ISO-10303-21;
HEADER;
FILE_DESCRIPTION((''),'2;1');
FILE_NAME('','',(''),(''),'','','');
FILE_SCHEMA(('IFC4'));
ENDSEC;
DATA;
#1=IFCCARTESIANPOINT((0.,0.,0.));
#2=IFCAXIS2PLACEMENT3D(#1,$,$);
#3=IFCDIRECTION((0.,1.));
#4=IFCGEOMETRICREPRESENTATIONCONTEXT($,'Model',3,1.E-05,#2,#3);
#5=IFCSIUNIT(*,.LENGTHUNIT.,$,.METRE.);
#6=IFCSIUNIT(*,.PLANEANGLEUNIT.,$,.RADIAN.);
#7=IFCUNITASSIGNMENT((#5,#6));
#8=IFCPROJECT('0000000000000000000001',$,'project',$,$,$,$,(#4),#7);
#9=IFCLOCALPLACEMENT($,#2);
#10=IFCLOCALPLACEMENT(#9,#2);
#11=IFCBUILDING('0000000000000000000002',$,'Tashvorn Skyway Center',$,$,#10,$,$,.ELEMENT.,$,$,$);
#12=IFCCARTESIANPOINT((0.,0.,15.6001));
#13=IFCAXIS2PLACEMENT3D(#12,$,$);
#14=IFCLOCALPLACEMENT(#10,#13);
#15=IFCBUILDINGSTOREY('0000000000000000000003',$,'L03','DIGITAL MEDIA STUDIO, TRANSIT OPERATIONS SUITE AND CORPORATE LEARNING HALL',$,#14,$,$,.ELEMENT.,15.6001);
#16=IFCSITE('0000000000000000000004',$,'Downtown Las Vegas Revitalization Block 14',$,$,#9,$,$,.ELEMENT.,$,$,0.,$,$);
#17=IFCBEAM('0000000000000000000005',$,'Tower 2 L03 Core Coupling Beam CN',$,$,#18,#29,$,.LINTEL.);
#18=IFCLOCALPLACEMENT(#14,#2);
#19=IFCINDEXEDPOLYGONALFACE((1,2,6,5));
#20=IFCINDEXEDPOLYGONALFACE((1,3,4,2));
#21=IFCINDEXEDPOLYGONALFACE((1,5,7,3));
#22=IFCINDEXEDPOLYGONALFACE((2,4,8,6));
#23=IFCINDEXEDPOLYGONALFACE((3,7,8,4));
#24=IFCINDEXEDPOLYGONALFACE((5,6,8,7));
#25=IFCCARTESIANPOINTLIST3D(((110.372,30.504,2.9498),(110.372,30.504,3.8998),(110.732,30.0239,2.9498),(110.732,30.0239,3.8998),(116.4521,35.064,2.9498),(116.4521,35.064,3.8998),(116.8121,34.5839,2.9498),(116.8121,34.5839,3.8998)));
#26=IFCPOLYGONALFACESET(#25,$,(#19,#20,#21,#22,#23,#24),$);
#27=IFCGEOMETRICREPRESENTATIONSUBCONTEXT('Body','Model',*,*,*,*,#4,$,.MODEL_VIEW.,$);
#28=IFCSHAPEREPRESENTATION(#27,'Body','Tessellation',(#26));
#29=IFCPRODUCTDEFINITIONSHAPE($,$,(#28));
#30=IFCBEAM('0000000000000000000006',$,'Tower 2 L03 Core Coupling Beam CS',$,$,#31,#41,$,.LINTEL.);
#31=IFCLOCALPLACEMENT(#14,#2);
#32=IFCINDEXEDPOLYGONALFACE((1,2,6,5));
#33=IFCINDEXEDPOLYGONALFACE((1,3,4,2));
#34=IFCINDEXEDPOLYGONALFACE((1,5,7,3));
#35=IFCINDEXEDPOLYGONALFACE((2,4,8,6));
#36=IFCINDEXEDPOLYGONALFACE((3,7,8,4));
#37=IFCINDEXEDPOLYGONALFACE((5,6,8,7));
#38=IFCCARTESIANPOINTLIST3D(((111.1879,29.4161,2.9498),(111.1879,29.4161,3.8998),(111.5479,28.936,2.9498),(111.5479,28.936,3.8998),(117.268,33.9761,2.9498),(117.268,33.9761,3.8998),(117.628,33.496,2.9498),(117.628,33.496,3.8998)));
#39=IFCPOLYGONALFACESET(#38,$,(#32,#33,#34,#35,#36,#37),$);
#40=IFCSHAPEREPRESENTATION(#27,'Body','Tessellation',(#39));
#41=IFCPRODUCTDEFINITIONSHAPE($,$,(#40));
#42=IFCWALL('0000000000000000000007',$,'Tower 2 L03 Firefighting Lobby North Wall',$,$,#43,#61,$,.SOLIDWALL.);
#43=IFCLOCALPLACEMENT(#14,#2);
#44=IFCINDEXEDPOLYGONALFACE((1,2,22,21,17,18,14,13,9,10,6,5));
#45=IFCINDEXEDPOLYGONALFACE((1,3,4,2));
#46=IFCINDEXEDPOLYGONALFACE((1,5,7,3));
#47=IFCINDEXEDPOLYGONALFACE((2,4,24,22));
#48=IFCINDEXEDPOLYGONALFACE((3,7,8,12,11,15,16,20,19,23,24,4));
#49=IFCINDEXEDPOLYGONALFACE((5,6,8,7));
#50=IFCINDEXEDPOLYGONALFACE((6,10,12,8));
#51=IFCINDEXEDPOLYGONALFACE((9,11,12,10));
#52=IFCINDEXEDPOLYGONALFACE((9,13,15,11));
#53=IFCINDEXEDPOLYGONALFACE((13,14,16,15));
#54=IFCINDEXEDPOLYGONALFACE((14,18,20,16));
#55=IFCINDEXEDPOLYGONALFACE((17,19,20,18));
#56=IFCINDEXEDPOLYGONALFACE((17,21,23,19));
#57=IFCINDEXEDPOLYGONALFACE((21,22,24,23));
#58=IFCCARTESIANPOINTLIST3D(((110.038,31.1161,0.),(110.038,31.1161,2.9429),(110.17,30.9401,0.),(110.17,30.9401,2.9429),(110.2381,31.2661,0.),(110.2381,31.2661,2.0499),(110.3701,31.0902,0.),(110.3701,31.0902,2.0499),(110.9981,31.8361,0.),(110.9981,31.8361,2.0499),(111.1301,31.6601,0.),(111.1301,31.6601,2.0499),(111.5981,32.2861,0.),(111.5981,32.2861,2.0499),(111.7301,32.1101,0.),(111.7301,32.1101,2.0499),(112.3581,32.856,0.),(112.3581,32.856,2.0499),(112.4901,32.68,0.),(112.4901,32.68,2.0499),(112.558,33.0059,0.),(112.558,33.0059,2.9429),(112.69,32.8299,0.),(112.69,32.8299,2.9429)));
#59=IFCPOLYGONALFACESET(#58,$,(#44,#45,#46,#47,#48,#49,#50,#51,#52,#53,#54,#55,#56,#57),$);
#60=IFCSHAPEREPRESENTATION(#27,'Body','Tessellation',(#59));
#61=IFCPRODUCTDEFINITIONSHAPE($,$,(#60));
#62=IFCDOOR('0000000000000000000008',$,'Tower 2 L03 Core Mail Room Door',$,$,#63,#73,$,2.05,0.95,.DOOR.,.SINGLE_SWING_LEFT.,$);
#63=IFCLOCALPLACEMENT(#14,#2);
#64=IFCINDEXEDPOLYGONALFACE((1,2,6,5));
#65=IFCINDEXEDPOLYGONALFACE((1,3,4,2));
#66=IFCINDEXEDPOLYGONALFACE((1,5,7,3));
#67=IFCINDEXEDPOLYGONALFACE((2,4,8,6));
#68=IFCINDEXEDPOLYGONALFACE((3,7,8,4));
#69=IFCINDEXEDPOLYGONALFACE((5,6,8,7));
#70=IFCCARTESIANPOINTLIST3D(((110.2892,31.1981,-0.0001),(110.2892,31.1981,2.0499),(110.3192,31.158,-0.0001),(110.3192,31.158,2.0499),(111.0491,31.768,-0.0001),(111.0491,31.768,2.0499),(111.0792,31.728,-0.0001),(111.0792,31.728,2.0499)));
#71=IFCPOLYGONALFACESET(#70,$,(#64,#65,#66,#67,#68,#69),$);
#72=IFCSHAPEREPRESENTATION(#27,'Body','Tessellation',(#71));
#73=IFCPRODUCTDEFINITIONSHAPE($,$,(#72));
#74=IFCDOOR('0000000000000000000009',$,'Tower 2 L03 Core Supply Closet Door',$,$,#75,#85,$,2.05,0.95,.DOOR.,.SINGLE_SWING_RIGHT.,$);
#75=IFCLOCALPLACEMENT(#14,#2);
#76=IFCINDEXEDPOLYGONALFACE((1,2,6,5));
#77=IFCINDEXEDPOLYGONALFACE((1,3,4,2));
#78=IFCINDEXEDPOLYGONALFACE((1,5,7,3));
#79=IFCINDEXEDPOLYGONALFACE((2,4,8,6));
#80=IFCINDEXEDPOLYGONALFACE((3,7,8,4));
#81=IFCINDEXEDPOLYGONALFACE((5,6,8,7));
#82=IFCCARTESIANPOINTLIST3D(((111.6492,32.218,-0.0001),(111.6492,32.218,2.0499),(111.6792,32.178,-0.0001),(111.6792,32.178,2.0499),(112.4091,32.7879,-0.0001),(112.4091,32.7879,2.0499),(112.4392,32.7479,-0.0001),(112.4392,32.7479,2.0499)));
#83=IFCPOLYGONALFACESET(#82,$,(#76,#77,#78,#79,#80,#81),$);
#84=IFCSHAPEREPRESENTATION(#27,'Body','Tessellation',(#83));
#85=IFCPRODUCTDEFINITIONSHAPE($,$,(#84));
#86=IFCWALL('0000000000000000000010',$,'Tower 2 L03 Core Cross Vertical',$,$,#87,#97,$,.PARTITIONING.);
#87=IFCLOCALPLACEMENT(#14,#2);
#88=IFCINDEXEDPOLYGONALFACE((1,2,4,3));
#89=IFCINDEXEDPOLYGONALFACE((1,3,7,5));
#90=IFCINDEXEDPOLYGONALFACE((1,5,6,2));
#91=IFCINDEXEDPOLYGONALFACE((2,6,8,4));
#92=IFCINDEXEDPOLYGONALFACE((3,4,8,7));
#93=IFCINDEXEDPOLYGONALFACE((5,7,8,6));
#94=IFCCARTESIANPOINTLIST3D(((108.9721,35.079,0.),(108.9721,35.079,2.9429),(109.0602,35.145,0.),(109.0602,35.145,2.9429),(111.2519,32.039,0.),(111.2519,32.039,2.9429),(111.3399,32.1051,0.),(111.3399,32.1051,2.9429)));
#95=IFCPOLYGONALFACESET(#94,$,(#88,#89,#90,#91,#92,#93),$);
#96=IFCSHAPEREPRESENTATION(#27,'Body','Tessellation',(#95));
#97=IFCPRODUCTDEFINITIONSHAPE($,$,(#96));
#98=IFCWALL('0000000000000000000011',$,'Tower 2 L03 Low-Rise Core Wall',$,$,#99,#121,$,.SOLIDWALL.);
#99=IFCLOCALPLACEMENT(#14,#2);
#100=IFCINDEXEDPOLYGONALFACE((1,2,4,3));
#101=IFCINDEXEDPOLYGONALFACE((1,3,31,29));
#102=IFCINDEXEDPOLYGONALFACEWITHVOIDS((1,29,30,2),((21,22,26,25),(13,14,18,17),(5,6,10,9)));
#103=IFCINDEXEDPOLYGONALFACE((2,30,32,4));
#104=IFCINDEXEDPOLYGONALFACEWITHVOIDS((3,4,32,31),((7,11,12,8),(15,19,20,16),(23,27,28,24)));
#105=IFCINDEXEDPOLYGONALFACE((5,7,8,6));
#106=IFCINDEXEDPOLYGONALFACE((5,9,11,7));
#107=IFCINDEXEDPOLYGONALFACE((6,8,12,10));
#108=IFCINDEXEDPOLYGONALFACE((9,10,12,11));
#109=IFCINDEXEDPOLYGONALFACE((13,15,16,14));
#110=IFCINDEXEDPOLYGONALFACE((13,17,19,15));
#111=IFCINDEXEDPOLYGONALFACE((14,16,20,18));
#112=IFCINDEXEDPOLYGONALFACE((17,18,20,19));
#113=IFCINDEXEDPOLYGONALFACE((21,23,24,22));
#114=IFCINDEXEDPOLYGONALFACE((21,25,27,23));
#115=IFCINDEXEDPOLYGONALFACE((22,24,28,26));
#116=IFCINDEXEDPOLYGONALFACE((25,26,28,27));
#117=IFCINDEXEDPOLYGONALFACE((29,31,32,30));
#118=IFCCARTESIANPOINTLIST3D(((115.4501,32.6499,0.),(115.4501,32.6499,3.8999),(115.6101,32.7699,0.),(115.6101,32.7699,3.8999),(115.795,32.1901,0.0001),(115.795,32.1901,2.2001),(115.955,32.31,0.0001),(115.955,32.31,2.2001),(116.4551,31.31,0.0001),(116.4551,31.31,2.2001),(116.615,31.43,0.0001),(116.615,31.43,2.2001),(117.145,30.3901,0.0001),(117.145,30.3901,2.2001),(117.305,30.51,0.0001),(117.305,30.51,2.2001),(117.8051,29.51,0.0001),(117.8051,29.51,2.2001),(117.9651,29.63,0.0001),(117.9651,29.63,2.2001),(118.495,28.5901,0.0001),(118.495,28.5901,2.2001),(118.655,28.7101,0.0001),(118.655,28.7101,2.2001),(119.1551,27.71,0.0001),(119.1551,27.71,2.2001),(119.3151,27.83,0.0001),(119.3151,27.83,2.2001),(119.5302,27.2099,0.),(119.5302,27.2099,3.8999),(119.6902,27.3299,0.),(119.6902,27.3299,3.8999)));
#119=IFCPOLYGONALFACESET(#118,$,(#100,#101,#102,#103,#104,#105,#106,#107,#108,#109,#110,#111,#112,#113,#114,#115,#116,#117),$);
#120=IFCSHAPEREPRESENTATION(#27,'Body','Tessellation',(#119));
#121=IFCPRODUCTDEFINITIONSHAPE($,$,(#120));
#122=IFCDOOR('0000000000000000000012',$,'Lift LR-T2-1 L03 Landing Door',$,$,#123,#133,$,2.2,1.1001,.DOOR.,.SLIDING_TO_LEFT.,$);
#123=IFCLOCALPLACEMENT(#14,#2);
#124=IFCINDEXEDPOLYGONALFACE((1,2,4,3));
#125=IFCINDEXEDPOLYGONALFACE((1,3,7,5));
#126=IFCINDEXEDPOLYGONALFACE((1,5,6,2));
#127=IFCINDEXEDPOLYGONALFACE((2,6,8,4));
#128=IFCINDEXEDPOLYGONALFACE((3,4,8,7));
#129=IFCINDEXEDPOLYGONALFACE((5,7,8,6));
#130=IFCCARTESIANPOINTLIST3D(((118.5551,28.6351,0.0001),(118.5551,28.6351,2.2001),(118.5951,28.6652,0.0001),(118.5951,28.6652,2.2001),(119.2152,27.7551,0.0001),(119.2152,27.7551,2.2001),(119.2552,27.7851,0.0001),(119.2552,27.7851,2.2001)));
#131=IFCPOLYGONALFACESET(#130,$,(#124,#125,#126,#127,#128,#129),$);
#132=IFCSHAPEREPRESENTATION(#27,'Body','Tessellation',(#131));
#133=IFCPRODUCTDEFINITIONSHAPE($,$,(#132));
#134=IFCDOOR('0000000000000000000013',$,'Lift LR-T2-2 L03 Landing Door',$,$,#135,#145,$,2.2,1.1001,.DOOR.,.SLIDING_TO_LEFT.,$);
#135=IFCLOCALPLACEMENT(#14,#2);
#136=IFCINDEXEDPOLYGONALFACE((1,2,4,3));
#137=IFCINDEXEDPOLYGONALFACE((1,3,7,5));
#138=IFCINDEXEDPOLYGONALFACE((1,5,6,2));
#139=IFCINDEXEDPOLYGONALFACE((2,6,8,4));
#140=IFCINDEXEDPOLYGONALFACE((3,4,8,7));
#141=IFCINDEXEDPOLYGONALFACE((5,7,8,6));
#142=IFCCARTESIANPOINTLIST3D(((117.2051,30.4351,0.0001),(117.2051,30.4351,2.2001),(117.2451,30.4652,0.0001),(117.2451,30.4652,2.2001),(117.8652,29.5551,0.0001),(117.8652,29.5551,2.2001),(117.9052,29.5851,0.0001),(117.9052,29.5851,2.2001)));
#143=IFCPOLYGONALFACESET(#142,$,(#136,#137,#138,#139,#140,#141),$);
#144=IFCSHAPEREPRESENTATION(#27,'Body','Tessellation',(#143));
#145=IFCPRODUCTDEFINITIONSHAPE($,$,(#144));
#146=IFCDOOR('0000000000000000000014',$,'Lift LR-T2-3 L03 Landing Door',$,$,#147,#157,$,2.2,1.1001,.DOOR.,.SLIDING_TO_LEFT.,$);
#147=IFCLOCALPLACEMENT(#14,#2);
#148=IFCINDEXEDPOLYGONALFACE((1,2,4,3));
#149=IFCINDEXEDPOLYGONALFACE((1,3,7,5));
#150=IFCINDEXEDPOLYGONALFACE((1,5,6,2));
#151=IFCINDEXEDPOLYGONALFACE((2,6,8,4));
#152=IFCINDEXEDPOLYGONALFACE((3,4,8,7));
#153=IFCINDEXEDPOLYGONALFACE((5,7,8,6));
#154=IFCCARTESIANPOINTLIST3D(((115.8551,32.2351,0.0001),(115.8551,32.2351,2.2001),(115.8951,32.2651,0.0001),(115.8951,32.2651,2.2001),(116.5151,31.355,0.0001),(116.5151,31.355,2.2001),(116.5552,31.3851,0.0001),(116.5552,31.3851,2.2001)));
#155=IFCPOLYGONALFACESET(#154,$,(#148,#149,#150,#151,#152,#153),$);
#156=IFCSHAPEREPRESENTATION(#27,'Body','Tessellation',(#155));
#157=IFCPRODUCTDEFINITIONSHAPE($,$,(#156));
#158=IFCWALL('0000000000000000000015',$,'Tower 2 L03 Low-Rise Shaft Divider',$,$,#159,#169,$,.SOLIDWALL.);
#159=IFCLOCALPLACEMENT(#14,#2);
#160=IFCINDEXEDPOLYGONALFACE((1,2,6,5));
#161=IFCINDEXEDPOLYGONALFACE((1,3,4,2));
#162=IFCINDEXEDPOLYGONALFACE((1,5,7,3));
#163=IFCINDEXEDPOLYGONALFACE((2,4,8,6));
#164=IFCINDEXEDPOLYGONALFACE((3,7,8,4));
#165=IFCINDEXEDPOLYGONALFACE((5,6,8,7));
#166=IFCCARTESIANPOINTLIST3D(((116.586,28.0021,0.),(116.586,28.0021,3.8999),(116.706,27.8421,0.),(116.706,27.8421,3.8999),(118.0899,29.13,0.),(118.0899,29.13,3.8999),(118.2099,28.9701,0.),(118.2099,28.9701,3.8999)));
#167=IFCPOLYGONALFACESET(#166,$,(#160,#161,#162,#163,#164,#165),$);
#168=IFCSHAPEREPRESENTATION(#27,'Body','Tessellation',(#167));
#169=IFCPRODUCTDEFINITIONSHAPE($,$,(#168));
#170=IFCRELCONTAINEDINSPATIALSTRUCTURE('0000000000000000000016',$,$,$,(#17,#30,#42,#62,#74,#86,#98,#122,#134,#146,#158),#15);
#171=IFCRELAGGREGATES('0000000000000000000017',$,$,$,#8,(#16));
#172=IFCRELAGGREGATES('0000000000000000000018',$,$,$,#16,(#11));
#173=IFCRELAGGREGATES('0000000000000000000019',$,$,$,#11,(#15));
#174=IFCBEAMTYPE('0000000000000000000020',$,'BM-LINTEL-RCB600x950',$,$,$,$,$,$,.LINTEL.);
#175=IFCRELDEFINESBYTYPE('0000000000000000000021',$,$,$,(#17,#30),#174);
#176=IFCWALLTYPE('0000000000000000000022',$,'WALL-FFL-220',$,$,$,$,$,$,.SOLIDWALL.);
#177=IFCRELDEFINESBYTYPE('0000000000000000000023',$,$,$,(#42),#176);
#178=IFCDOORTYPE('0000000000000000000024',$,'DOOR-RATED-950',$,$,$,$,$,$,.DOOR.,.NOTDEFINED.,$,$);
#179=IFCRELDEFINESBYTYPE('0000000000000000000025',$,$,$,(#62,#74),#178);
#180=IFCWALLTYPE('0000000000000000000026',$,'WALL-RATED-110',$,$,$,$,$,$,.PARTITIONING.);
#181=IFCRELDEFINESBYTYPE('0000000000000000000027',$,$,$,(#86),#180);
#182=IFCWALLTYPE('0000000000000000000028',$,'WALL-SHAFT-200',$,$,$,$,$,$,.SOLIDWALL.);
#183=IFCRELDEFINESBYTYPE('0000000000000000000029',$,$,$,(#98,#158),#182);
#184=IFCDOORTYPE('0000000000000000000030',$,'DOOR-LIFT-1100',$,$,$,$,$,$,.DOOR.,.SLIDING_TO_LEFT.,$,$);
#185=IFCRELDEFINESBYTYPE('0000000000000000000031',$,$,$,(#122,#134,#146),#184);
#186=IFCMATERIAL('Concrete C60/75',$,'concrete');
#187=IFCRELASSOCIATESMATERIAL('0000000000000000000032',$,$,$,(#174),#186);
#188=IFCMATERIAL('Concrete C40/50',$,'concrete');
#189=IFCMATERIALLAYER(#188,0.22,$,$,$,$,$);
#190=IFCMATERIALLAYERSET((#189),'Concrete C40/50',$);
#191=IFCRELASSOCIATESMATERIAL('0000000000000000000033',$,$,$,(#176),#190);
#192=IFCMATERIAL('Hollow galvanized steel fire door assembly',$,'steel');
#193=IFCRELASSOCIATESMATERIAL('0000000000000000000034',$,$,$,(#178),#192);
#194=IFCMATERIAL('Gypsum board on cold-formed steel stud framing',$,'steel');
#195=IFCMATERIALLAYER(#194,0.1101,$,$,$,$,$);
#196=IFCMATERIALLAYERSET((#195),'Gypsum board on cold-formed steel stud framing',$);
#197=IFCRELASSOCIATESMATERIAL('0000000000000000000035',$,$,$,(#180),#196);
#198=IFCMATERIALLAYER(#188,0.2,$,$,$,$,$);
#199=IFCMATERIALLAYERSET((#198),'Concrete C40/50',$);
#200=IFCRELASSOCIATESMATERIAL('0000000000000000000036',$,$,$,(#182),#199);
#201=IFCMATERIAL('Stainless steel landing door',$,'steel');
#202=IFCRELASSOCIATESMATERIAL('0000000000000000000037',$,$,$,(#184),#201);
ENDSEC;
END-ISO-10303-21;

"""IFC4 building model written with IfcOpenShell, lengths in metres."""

from ifc_helpers import new_model, si_unit, direction, frame, frame_2d, origin, origin_2d, place, context, subcontext, project, spatial, rectangle, extrude, material, layer, layer_set, material_profile, profile_set, type_object, element, fill, save


model = new_model("IFC4")

# Units and contexts
model_context = context("Model", 3, precision=1e-05, world=origin(), true_north=direction((0.0, 1.0)))
body_context = subcontext(model_context, "Body", "Model", "MODEL_VIEW")
ifc_project = project(units=[si_unit("LENGTHUNIT", "METRE"), si_unit("PLANEANGLEUNIT", "RADIAN")], contexts=[model_context])

# Site, building, storey
site_placement = place(None, origin())
site = spatial("IfcSite", under=ifc_project, at=site_placement, Name="Downtown Las Vegas Revitalization Block 14", CompositionType="ELEMENT", RefElevation=0.0)
building_placement = place(site_placement, origin())
building = spatial("IfcBuilding", under=site, at=building_placement, Name="Tashvorn Skyway Center", CompositionType="ELEMENT")
storey_placement = place(building_placement, frame((0.0, 0.0, 15.6001)))
storey = spatial("IfcBuildingStorey", under=building, at=storey_placement, Name="L03", Description="DIGITAL MEDIA STUDIO, TRANSIT OPERATIONS SUITE AND CORPORATE LEARNING HALL", CompositionType="ELEMENT", Elevation=15.6001)

# Beams
ifc_material_1 = material(Name="Concrete C60/75", Category="concrete")
ifc_material_profile = material_profile(ifc_material_1, rectangle(XDim=0.6001, YDim=0.95, at=origin_2d()), Name="RCB600x950")
ifc_profile_set = profile_set([ifc_material_profile], Name="Concrete C60/75")
beam_type = type_object("IfcBeamType", Name="BM-LINTEL-RCB600x950", PredefinedType="LINTEL", material=ifc_profile_set)
for number, where, z_axis, x_axis, name in (
    (1, (110.552, 30.2639, 3.4248), (0.8, 0.6, 0.0), (-0.6, 0.8, 0.0), "Tower 2 L03 Core Coupling Beam CN"),
    (2, (111.3679, 29.176, 3.4248), (0.8, 0.6, 0.0), (-0.6, 0.8, 0.0), "Tower 2 L03 Core Coupling Beam CS"),
):
    element("IfcBeam", number, at=place(storey_placement, frame(where, z_axis=z_axis, x_axis=x_axis)), inside=storey, type_object=beam_type, Name=name, PredefinedType="LINTEL", context=body_context, shape_type="SweptSolid", body=[
        extrude(rectangle(XDim=0.6001, YDim=0.95, at=origin_2d()), origin(), (0.0, 0.0, 1.0), 7.6001),
    ])

# Wall, openings, doors
ifc_material_2 = material(Name="Concrete C40/50", Category="concrete")
ifc_layer_1 = layer(ifc_material_2, 0.22)
ifc_layer_set_1 = layer_set([ifc_layer_1], Name="Concrete C40/50")
wall_type_1 = type_object("IfcWallType", Name="WALL-FFL-220", PredefinedType="SOLIDWALL", material=ifc_layer_set_1)
wall_1_placement = place(storey_placement, frame((110.104, 31.0281, 0.0), z_axis=(0.0, 0.0, 1.0), x_axis=(0.800019, 0.599975, 0.0)))
wall_1 = element("IfcWall", 3, at=wall_1_placement, inside=storey, type_object=wall_type_1, Name="Tower 2 L03 Firefighting Lobby North Wall", PredefinedType="SOLIDWALL", context=body_context, shape_type="SweptSolid", body=[
    extrude(rectangle(XDim=3.1499, YDim=0.22, at=frame_2d((1.575, 0.0))), origin(), (0.0, 0.0, 1.0), 2.9429),
])
opening_1_placement = place(wall_1_placement, frame((0.25, 0.0, 0.0)))
opening_1 = element("IfcOpeningElement", 4, at=opening_1_placement, cuts=wall_1, PredefinedType="OPENING", context=body_context, shape_type="SweptSolid", body=[
    extrude(rectangle(XDim=0.95, YDim=2.05, at=frame_2d((0.4751, 1.0249))), frame((0.0, 0.1199, 0.0), z_axis=(0.0, -1.0, 0.0), x_axis=(1.0, 0.0, 0.0)), (0.0, 0.0, 1.0), 0.24),
])
opening_2_placement = place(wall_1_placement, frame((1.95, 0.0, 0.0)))
opening_2 = element("IfcOpeningElement", 5, at=opening_2_placement, cuts=wall_1, PredefinedType="OPENING", context=body_context, shape_type="SweptSolid", body=[
    extrude(rectangle(XDim=0.95, YDim=2.05, at=frame_2d((0.4751, 1.0249))), frame((0.0, 0.1199, 0.0), z_axis=(0.0, -1.0, 0.0), x_axis=(1.0, 0.0, 0.0)), (0.0, 0.0, 1.0), 0.24),
])
ifc_material_3 = material(Name="Hollow galvanized steel fire door assembly", Category="steel")
door_type_1 = type_object("IfcDoorType", Name="DOOR-RATED-950", OperationType="NOTDEFINED", PredefinedType="DOOR", material=ifc_material_3)
door_1_placement = place(opening_1_placement, origin())
door_1 = element("IfcDoor", 6, at=door_1_placement, inside=storey, type_object=door_type_1, Name="Tower 2 L03 Core Mail Room Door", OperationType="SINGLE_SWING_LEFT", OverallHeight=2.05, OverallWidth=0.95, PredefinedType="DOOR", context=body_context, shape_type="SweptSolid", body=[
    extrude(rectangle(XDim=0.95, YDim=2.05, at=frame_2d((0.4751, 1.0249))), frame((0.0, 0.0249, 0.0), z_axis=(0.0, -1.0, 0.0), x_axis=(1.0, 0.0, 0.0)), (0.0, 0.0, 1.0), 0.05),
])
fill(opening_1, door_1)
door_2_placement = place(opening_2_placement, origin())
door_2 = element("IfcDoor", 7, at=door_2_placement, inside=storey, type_object=door_type_1, Name="Tower 2 L03 Core Supply Closet Door", OperationType="SINGLE_SWING_RIGHT", OverallHeight=2.05, OverallWidth=0.95, PredefinedType="DOOR", context=body_context, shape_type="SweptSolid", body=[
    extrude(rectangle(XDim=0.95, YDim=2.05, at=frame_2d((0.4751, 1.0249))), frame((0.0, 0.0249, 0.0), z_axis=(0.0, -1.0, 0.0), x_axis=(1.0, 0.0, 0.0)), (0.0, 0.0, 1.0), 0.05),
])
fill(opening_2, door_2)

# Wall
ifc_material_4 = material(Name="Gypsum board on cold-formed steel stud framing", Category="steel")
ifc_layer_2 = layer(ifc_material_4, 0.1101)
ifc_layer_set_2 = layer_set([ifc_layer_2], Name="Gypsum board on cold-formed steel stud framing")
wall_type_2 = type_object("IfcWallType", Name="WALL-RATED-110", PredefinedType="PARTITIONING", material=ifc_layer_set_2)
wall_2_placement = place(storey_placement, frame((111.2959, 32.072, 0.0), z_axis=(0.0, 0.0, 1.0), x_axis=(-0.599959, 0.800031, 0.0)))
element("IfcWall", 8, at=wall_2_placement, inside=storey, type_object=wall_type_2, Name="Tower 2 L03 Core Cross Vertical", PredefinedType="PARTITIONING", context=body_context, shape_type="SweptSolid", body=[
    extrude(rectangle(XDim=3.7998, YDim=0.1101, at=frame_2d((1.8999, 0.0))), origin(), (0.0, 0.0, 1.0), 2.9429),
])

# Wall, openings, doors
ifc_layer_3 = layer(ifc_material_2, 0.2)
ifc_layer_set_3 = layer_set([ifc_layer_3], Name="Concrete C40/50")
wall_type_3 = type_object("IfcWallType", Name="WALL-SHAFT-200", PredefinedType="SOLIDWALL", material=ifc_layer_set_3)
wall_3_placement = place(storey_placement, frame((119.6101, 27.27, 0.0), z_axis=(0.0, 0.0, 1.0), x_axis=(-0.600011, 0.799991, 0.0)))
wall_3 = element("IfcWall", 9, at=wall_3_placement, inside=storey, type_object=wall_type_3, Name="Tower 2 L03 Low-Rise Core Wall", PredefinedType="SOLIDWALL", context=body_context, shape_type="SweptSolid", body=[
    extrude(rectangle(XDim=6.8, YDim=0.2, at=frame_2d((3.3999, 0.0))), origin(), (0.0, 0.0, 1.0), 3.8999),
])
opening_3_placement = place(wall_3_placement, frame((0.625, 0.0, 0.0)))
opening_3 = element("IfcOpeningElement", 10, at=opening_3_placement, cuts=wall_3, PredefinedType="OPENING", context=body_context, shape_type="SweptSolid", body=[
    extrude(rectangle(XDim=1.1001, YDim=2.2, at=frame_2d((0.55, 1.1001))), frame((0.0, 0.1099, 0.0), z_axis=(0.0, -1.0, 0.0), x_axis=(1.0, 0.0, 0.0)), (0.0, 0.0, 1.0), 0.22),
])
opening_4_placement = place(wall_3_placement, frame((2.875, 0.0, 0.0)))
opening_4 = element("IfcOpeningElement", 11, at=opening_4_placement, cuts=wall_3, PredefinedType="OPENING", context=body_context, shape_type="SweptSolid", body=[
    extrude(rectangle(XDim=1.1001, YDim=2.2, at=frame_2d((0.55, 1.1001))), frame((0.0, 0.1099, 0.0), z_axis=(0.0, -1.0, 0.0), x_axis=(1.0, 0.0, 0.0)), (0.0, 0.0, 1.0), 0.22),
])
opening_5_placement = place(wall_3_placement, frame((5.125, 0.0, 0.0)))
opening_5 = element("IfcOpeningElement", 12, at=opening_5_placement, cuts=wall_3, PredefinedType="OPENING", context=body_context, shape_type="SweptSolid", body=[
    extrude(rectangle(XDim=1.1001, YDim=2.2, at=frame_2d((0.55, 1.1001))), frame((0.0, 0.1099, 0.0), z_axis=(0.0, -1.0, 0.0), x_axis=(1.0, 0.0, 0.0)), (0.0, 0.0, 1.0), 0.22),
])
ifc_material_5 = material(Name="Stainless steel landing door", Category="steel")
door_type_2 = type_object("IfcDoorType", Name="DOOR-LIFT-1100", OperationType="SLIDING_TO_LEFT", PredefinedType="DOOR", material=ifc_material_5)
door_3_placement = place(opening_3_placement, origin())
door_3 = element("IfcDoor", 13, at=door_3_placement, inside=storey, type_object=door_type_2, Name="Lift LR-T2-1 L03 Landing Door", OperationType="SLIDING_TO_LEFT", OverallHeight=2.2, OverallWidth=1.1001, PredefinedType="DOOR", context=body_context, shape_type="SweptSolid", body=[
    extrude(rectangle(XDim=1.1001, YDim=2.2, at=frame_2d((0.55, 1.1001))), frame((0.0, 0.0249, 0.0), z_axis=(0.0, -1.0, 0.0), x_axis=(1.0, 0.0, 0.0)), (0.0, 0.0, 1.0), 0.05),
])
fill(opening_3, door_3)
door_4_placement = place(opening_4_placement, origin())
door_4 = element("IfcDoor", 14, at=door_4_placement, inside=storey, type_object=door_type_2, Name="Lift LR-T2-2 L03 Landing Door", OperationType="SLIDING_TO_LEFT", OverallHeight=2.2, OverallWidth=1.1001, PredefinedType="DOOR", context=body_context, shape_type="SweptSolid", body=[
    extrude(rectangle(XDim=1.1001, YDim=2.2, at=frame_2d((0.55, 1.1001))), frame((0.0, 0.0249, 0.0), z_axis=(0.0, -1.0, 0.0), x_axis=(1.0, 0.0, 0.0)), (0.0, 0.0, 1.0), 0.05),
])
fill(opening_4, door_4)
door_5_placement = place(opening_5_placement, origin())
door_5 = element("IfcDoor", 15, at=door_5_placement, inside=storey, type_object=door_type_2, Name="Lift LR-T2-3 L03 Landing Door", OperationType="SLIDING_TO_LEFT", OverallHeight=2.2, OverallWidth=1.1001, PredefinedType="DOOR", context=body_context, shape_type="SweptSolid", body=[
    extrude(rectangle(XDim=1.1001, YDim=2.2, at=frame_2d((0.55, 1.1001))), frame((0.0, 0.0249, 0.0), z_axis=(0.0, -1.0, 0.0), x_axis=(1.0, 0.0, 0.0)), (0.0, 0.0, 1.0), 0.05),
])
fill(opening_5, door_5)

# Wall
wall_4_placement = place(storey_placement, frame((116.646, 27.9221, 0.0), z_axis=(0.0, 0.0, 1.0), x_axis=(0.8, 0.6, 0.0)))
element("IfcWall", 16, at=wall_4_placement, inside=storey, type_object=wall_type_3, Name="Tower 2 L03 Low-Rise Shaft Divider", PredefinedType="SOLIDWALL", context=body_context, shape_type="SweptSolid", body=[
    extrude(rectangle(XDim=1.8799, YDim=0.2, at=frame_2d((0.9399, 0.0))), origin(), (0.0, 0.0, 1.0), 3.8999),
])

save(model, "model.ifc")
